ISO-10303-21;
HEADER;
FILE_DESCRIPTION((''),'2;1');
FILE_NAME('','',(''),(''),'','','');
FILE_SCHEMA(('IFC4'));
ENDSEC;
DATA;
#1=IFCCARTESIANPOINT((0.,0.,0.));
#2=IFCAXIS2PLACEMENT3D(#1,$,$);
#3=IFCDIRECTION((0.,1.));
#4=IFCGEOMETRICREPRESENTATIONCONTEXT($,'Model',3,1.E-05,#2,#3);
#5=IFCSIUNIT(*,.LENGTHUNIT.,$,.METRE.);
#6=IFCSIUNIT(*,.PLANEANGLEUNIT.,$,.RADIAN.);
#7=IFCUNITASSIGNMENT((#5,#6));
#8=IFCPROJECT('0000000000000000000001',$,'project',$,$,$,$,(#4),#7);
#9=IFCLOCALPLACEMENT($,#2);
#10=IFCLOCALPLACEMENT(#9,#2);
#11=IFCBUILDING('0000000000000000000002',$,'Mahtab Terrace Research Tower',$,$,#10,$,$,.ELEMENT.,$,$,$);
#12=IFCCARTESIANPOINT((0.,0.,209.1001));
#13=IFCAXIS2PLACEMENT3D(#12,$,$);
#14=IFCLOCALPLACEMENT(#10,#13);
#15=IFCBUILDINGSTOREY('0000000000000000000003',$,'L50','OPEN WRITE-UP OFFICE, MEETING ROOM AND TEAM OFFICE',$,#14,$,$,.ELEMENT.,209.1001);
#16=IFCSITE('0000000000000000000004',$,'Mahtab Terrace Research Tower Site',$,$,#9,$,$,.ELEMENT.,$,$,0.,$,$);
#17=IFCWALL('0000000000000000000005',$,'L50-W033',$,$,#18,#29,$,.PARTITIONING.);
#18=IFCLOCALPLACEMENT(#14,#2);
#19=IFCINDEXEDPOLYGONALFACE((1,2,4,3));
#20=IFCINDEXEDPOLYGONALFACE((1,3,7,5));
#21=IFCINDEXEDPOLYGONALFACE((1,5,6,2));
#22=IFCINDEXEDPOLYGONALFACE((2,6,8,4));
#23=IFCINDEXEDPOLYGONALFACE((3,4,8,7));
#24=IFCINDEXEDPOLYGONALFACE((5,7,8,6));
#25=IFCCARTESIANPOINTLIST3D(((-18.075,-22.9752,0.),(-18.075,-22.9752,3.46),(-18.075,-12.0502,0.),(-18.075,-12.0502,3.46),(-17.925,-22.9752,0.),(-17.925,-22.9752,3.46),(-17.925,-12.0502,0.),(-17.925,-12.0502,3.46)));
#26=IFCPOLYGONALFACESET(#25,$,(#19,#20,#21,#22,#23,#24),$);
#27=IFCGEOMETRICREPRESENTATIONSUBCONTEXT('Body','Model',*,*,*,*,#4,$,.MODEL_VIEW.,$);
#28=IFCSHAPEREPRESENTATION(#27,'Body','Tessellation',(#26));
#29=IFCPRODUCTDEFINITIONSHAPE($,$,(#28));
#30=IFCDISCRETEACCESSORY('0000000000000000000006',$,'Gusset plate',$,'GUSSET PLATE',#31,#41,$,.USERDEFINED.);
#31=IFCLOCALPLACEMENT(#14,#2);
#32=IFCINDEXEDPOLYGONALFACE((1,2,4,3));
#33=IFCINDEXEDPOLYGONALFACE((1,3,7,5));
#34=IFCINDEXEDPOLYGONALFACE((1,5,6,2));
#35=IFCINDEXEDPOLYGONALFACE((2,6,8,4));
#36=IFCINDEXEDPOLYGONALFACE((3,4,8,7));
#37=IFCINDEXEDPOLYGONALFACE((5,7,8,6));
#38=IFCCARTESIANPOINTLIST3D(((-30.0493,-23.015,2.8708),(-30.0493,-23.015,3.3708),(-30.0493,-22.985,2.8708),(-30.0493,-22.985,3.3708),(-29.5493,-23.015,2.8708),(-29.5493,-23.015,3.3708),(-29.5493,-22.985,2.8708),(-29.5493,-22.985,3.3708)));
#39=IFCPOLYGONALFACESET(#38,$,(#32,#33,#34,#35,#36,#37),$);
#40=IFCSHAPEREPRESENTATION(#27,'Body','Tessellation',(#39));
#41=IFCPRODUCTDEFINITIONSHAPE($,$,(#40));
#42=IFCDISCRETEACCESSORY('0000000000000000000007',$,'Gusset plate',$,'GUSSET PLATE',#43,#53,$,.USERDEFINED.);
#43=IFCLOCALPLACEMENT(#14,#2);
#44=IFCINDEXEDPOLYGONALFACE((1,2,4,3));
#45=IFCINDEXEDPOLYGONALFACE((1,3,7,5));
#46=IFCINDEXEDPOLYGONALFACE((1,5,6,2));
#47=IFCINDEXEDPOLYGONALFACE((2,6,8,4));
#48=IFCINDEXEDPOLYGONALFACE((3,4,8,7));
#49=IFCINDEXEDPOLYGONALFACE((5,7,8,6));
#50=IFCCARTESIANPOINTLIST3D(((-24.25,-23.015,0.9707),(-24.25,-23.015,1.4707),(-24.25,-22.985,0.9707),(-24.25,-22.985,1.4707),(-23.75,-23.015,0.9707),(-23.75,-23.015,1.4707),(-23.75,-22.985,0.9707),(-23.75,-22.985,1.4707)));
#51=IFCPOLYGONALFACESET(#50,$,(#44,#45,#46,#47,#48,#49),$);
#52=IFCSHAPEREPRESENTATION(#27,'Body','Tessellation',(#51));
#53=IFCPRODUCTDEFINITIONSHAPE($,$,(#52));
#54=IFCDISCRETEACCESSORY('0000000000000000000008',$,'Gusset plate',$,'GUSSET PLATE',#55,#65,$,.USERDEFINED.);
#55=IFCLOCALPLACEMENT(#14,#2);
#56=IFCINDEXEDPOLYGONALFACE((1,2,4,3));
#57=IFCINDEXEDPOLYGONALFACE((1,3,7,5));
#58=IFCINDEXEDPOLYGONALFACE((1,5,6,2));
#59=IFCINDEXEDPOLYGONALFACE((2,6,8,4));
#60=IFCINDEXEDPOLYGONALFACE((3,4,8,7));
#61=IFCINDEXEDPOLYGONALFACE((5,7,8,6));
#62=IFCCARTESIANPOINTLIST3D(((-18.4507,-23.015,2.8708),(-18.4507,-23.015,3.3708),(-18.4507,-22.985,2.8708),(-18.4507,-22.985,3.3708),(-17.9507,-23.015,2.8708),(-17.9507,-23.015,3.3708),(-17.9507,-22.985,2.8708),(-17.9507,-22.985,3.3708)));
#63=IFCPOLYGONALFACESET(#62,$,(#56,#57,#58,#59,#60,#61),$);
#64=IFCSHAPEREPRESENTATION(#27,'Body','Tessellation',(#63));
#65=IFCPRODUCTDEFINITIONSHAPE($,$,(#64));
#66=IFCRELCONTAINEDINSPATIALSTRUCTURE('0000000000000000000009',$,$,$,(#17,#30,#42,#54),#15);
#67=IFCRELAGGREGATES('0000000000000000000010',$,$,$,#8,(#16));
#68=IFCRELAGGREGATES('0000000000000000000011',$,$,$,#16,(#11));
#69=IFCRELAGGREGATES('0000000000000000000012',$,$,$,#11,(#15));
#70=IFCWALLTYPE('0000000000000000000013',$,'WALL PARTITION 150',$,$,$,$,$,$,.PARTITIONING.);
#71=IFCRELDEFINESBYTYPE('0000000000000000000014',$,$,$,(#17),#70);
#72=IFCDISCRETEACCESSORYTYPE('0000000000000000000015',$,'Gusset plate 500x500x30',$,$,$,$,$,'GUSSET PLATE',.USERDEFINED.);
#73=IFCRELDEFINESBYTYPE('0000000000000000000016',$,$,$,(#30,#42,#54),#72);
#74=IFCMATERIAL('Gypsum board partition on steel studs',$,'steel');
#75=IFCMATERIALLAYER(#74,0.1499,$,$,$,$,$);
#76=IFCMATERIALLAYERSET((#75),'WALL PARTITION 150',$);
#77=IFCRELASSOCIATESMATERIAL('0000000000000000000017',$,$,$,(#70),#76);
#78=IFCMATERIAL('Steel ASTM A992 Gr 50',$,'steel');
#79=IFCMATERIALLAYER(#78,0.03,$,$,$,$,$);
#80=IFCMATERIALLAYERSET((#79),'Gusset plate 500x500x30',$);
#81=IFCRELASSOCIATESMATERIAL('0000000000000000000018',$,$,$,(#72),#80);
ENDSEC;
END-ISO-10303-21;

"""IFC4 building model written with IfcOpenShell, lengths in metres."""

from ifc_helpers import new_model, si_unit, direction, frame, frame_2d, origin, origin_2d, place, context, subcontext, project, spatial, rectangle, extrude, material, layer, layer_set, type_object, element, save


model = new_model("IFC4")

# Units and contexts
model_context = context("Model", 3, precision=1e-05, world=origin(), true_north=direction((0.0, 1.0)))
body_context = subcontext(model_context, "Body", "Model", "MODEL_VIEW")
ifc_project = project(units=[si_unit("LENGTHUNIT", "METRE"), si_unit("PLANEANGLEUNIT", "RADIAN")], contexts=[model_context])

# Site, building, storey
site_placement = place(None, origin())
site = spatial("IfcSite", under=ifc_project, at=site_placement, Name="Mahtab Terrace Research Tower Site", CompositionType="ELEMENT", RefElevation=0.0)
building_placement = place(site_placement, origin())
building = spatial("IfcBuilding", under=site, at=building_placement, Name="Mahtab Terrace Research Tower", CompositionType="ELEMENT")
storey_placement = place(building_placement, frame((0.0, 0.0, 209.1001)))
storey = spatial("IfcBuildingStorey", under=building, at=storey_placement, Name="L50", Description="OPEN WRITE-UP OFFICE, MEETING ROOM AND TEAM OFFICE", CompositionType="ELEMENT", Elevation=209.1001)

# Shared definitions
ifc_material_1 = material(Name="Steel ASTM A992 Gr 50", Category="steel")

# Wall
ifc_material_2 = material(Name="Gypsum board partition on steel studs", Category="steel")
ifc_layer_1 = layer(ifc_material_2, 0.1499)
ifc_layer_set_1 = layer_set([ifc_layer_1], Name="WALL PARTITION 150")
wall_type_1 = type_object("IfcWallType", Name="WALL PARTITION 150", PredefinedType="PARTITIONING", material=ifc_layer_set_1)
wall_1_placement = place(storey_placement, frame((-18.0, -22.9751, 0.0), z_axis=(0.0, 0.0, 1.0), x_axis=(0.0, 1.0, 0.0)))
element("IfcWall", 1, at=wall_1_placement, inside=storey, type_object=wall_type_1, Name="L50-W033", PredefinedType="PARTITIONING", context=body_context, shape_type="SweptSolid", body=[
    extrude(rectangle(XDim=10.925, YDim=0.1499, at=frame_2d((5.4624, 0.0))), origin(), (0.0, 0.0, 1.0), 3.46),
])

# Discrete accessories
ifc_layer_2 = layer(ifc_material_1, 0.03)
ifc_layer_set_2 = layer_set([ifc_layer_2], Name="Gusset plate 500x500x30")
discrete_accessory_type = type_object("IfcDiscreteAccessoryType", Name="Gusset plate 500x500x30", ElementType="GUSSET PLATE", PredefinedType="USERDEFINED", material=ifc_layer_set_2)
for number, where, z_axis, x_axis, name in (
    (2, (-29.7993, -23.0, 2.8708), (0.0, 0.0, 1.0), (1.0, 0.0, 0.0), "Gusset plate"),
    (3, (-24.0, -23.0, 0.9707), (0.0, 0.0, 1.0), (1.0, 0.0, 0.0), "Gusset plate"),
    (4, (-18.2007, -23.0, 2.8708), (0.0, 0.0, 1.0), (1.0, 0.0, 0.0), "Gusset plate"),
):
    element("IfcDiscreteAccessory", number, at=place(storey_placement, frame(where, z_axis=z_axis, x_axis=x_axis)), inside=storey, type_object=discrete_accessory_type, Name=name, ObjectType="GUSSET PLATE", PredefinedType="USERDEFINED", context=body_context, shape_type="SweptSolid", body=[
        extrude(rectangle(XDim=0.5, YDim=0.03, at=origin_2d()), origin(), (0.0, 0.0, 1.0), 0.5),
    ])

save(model, "model.ifc")
